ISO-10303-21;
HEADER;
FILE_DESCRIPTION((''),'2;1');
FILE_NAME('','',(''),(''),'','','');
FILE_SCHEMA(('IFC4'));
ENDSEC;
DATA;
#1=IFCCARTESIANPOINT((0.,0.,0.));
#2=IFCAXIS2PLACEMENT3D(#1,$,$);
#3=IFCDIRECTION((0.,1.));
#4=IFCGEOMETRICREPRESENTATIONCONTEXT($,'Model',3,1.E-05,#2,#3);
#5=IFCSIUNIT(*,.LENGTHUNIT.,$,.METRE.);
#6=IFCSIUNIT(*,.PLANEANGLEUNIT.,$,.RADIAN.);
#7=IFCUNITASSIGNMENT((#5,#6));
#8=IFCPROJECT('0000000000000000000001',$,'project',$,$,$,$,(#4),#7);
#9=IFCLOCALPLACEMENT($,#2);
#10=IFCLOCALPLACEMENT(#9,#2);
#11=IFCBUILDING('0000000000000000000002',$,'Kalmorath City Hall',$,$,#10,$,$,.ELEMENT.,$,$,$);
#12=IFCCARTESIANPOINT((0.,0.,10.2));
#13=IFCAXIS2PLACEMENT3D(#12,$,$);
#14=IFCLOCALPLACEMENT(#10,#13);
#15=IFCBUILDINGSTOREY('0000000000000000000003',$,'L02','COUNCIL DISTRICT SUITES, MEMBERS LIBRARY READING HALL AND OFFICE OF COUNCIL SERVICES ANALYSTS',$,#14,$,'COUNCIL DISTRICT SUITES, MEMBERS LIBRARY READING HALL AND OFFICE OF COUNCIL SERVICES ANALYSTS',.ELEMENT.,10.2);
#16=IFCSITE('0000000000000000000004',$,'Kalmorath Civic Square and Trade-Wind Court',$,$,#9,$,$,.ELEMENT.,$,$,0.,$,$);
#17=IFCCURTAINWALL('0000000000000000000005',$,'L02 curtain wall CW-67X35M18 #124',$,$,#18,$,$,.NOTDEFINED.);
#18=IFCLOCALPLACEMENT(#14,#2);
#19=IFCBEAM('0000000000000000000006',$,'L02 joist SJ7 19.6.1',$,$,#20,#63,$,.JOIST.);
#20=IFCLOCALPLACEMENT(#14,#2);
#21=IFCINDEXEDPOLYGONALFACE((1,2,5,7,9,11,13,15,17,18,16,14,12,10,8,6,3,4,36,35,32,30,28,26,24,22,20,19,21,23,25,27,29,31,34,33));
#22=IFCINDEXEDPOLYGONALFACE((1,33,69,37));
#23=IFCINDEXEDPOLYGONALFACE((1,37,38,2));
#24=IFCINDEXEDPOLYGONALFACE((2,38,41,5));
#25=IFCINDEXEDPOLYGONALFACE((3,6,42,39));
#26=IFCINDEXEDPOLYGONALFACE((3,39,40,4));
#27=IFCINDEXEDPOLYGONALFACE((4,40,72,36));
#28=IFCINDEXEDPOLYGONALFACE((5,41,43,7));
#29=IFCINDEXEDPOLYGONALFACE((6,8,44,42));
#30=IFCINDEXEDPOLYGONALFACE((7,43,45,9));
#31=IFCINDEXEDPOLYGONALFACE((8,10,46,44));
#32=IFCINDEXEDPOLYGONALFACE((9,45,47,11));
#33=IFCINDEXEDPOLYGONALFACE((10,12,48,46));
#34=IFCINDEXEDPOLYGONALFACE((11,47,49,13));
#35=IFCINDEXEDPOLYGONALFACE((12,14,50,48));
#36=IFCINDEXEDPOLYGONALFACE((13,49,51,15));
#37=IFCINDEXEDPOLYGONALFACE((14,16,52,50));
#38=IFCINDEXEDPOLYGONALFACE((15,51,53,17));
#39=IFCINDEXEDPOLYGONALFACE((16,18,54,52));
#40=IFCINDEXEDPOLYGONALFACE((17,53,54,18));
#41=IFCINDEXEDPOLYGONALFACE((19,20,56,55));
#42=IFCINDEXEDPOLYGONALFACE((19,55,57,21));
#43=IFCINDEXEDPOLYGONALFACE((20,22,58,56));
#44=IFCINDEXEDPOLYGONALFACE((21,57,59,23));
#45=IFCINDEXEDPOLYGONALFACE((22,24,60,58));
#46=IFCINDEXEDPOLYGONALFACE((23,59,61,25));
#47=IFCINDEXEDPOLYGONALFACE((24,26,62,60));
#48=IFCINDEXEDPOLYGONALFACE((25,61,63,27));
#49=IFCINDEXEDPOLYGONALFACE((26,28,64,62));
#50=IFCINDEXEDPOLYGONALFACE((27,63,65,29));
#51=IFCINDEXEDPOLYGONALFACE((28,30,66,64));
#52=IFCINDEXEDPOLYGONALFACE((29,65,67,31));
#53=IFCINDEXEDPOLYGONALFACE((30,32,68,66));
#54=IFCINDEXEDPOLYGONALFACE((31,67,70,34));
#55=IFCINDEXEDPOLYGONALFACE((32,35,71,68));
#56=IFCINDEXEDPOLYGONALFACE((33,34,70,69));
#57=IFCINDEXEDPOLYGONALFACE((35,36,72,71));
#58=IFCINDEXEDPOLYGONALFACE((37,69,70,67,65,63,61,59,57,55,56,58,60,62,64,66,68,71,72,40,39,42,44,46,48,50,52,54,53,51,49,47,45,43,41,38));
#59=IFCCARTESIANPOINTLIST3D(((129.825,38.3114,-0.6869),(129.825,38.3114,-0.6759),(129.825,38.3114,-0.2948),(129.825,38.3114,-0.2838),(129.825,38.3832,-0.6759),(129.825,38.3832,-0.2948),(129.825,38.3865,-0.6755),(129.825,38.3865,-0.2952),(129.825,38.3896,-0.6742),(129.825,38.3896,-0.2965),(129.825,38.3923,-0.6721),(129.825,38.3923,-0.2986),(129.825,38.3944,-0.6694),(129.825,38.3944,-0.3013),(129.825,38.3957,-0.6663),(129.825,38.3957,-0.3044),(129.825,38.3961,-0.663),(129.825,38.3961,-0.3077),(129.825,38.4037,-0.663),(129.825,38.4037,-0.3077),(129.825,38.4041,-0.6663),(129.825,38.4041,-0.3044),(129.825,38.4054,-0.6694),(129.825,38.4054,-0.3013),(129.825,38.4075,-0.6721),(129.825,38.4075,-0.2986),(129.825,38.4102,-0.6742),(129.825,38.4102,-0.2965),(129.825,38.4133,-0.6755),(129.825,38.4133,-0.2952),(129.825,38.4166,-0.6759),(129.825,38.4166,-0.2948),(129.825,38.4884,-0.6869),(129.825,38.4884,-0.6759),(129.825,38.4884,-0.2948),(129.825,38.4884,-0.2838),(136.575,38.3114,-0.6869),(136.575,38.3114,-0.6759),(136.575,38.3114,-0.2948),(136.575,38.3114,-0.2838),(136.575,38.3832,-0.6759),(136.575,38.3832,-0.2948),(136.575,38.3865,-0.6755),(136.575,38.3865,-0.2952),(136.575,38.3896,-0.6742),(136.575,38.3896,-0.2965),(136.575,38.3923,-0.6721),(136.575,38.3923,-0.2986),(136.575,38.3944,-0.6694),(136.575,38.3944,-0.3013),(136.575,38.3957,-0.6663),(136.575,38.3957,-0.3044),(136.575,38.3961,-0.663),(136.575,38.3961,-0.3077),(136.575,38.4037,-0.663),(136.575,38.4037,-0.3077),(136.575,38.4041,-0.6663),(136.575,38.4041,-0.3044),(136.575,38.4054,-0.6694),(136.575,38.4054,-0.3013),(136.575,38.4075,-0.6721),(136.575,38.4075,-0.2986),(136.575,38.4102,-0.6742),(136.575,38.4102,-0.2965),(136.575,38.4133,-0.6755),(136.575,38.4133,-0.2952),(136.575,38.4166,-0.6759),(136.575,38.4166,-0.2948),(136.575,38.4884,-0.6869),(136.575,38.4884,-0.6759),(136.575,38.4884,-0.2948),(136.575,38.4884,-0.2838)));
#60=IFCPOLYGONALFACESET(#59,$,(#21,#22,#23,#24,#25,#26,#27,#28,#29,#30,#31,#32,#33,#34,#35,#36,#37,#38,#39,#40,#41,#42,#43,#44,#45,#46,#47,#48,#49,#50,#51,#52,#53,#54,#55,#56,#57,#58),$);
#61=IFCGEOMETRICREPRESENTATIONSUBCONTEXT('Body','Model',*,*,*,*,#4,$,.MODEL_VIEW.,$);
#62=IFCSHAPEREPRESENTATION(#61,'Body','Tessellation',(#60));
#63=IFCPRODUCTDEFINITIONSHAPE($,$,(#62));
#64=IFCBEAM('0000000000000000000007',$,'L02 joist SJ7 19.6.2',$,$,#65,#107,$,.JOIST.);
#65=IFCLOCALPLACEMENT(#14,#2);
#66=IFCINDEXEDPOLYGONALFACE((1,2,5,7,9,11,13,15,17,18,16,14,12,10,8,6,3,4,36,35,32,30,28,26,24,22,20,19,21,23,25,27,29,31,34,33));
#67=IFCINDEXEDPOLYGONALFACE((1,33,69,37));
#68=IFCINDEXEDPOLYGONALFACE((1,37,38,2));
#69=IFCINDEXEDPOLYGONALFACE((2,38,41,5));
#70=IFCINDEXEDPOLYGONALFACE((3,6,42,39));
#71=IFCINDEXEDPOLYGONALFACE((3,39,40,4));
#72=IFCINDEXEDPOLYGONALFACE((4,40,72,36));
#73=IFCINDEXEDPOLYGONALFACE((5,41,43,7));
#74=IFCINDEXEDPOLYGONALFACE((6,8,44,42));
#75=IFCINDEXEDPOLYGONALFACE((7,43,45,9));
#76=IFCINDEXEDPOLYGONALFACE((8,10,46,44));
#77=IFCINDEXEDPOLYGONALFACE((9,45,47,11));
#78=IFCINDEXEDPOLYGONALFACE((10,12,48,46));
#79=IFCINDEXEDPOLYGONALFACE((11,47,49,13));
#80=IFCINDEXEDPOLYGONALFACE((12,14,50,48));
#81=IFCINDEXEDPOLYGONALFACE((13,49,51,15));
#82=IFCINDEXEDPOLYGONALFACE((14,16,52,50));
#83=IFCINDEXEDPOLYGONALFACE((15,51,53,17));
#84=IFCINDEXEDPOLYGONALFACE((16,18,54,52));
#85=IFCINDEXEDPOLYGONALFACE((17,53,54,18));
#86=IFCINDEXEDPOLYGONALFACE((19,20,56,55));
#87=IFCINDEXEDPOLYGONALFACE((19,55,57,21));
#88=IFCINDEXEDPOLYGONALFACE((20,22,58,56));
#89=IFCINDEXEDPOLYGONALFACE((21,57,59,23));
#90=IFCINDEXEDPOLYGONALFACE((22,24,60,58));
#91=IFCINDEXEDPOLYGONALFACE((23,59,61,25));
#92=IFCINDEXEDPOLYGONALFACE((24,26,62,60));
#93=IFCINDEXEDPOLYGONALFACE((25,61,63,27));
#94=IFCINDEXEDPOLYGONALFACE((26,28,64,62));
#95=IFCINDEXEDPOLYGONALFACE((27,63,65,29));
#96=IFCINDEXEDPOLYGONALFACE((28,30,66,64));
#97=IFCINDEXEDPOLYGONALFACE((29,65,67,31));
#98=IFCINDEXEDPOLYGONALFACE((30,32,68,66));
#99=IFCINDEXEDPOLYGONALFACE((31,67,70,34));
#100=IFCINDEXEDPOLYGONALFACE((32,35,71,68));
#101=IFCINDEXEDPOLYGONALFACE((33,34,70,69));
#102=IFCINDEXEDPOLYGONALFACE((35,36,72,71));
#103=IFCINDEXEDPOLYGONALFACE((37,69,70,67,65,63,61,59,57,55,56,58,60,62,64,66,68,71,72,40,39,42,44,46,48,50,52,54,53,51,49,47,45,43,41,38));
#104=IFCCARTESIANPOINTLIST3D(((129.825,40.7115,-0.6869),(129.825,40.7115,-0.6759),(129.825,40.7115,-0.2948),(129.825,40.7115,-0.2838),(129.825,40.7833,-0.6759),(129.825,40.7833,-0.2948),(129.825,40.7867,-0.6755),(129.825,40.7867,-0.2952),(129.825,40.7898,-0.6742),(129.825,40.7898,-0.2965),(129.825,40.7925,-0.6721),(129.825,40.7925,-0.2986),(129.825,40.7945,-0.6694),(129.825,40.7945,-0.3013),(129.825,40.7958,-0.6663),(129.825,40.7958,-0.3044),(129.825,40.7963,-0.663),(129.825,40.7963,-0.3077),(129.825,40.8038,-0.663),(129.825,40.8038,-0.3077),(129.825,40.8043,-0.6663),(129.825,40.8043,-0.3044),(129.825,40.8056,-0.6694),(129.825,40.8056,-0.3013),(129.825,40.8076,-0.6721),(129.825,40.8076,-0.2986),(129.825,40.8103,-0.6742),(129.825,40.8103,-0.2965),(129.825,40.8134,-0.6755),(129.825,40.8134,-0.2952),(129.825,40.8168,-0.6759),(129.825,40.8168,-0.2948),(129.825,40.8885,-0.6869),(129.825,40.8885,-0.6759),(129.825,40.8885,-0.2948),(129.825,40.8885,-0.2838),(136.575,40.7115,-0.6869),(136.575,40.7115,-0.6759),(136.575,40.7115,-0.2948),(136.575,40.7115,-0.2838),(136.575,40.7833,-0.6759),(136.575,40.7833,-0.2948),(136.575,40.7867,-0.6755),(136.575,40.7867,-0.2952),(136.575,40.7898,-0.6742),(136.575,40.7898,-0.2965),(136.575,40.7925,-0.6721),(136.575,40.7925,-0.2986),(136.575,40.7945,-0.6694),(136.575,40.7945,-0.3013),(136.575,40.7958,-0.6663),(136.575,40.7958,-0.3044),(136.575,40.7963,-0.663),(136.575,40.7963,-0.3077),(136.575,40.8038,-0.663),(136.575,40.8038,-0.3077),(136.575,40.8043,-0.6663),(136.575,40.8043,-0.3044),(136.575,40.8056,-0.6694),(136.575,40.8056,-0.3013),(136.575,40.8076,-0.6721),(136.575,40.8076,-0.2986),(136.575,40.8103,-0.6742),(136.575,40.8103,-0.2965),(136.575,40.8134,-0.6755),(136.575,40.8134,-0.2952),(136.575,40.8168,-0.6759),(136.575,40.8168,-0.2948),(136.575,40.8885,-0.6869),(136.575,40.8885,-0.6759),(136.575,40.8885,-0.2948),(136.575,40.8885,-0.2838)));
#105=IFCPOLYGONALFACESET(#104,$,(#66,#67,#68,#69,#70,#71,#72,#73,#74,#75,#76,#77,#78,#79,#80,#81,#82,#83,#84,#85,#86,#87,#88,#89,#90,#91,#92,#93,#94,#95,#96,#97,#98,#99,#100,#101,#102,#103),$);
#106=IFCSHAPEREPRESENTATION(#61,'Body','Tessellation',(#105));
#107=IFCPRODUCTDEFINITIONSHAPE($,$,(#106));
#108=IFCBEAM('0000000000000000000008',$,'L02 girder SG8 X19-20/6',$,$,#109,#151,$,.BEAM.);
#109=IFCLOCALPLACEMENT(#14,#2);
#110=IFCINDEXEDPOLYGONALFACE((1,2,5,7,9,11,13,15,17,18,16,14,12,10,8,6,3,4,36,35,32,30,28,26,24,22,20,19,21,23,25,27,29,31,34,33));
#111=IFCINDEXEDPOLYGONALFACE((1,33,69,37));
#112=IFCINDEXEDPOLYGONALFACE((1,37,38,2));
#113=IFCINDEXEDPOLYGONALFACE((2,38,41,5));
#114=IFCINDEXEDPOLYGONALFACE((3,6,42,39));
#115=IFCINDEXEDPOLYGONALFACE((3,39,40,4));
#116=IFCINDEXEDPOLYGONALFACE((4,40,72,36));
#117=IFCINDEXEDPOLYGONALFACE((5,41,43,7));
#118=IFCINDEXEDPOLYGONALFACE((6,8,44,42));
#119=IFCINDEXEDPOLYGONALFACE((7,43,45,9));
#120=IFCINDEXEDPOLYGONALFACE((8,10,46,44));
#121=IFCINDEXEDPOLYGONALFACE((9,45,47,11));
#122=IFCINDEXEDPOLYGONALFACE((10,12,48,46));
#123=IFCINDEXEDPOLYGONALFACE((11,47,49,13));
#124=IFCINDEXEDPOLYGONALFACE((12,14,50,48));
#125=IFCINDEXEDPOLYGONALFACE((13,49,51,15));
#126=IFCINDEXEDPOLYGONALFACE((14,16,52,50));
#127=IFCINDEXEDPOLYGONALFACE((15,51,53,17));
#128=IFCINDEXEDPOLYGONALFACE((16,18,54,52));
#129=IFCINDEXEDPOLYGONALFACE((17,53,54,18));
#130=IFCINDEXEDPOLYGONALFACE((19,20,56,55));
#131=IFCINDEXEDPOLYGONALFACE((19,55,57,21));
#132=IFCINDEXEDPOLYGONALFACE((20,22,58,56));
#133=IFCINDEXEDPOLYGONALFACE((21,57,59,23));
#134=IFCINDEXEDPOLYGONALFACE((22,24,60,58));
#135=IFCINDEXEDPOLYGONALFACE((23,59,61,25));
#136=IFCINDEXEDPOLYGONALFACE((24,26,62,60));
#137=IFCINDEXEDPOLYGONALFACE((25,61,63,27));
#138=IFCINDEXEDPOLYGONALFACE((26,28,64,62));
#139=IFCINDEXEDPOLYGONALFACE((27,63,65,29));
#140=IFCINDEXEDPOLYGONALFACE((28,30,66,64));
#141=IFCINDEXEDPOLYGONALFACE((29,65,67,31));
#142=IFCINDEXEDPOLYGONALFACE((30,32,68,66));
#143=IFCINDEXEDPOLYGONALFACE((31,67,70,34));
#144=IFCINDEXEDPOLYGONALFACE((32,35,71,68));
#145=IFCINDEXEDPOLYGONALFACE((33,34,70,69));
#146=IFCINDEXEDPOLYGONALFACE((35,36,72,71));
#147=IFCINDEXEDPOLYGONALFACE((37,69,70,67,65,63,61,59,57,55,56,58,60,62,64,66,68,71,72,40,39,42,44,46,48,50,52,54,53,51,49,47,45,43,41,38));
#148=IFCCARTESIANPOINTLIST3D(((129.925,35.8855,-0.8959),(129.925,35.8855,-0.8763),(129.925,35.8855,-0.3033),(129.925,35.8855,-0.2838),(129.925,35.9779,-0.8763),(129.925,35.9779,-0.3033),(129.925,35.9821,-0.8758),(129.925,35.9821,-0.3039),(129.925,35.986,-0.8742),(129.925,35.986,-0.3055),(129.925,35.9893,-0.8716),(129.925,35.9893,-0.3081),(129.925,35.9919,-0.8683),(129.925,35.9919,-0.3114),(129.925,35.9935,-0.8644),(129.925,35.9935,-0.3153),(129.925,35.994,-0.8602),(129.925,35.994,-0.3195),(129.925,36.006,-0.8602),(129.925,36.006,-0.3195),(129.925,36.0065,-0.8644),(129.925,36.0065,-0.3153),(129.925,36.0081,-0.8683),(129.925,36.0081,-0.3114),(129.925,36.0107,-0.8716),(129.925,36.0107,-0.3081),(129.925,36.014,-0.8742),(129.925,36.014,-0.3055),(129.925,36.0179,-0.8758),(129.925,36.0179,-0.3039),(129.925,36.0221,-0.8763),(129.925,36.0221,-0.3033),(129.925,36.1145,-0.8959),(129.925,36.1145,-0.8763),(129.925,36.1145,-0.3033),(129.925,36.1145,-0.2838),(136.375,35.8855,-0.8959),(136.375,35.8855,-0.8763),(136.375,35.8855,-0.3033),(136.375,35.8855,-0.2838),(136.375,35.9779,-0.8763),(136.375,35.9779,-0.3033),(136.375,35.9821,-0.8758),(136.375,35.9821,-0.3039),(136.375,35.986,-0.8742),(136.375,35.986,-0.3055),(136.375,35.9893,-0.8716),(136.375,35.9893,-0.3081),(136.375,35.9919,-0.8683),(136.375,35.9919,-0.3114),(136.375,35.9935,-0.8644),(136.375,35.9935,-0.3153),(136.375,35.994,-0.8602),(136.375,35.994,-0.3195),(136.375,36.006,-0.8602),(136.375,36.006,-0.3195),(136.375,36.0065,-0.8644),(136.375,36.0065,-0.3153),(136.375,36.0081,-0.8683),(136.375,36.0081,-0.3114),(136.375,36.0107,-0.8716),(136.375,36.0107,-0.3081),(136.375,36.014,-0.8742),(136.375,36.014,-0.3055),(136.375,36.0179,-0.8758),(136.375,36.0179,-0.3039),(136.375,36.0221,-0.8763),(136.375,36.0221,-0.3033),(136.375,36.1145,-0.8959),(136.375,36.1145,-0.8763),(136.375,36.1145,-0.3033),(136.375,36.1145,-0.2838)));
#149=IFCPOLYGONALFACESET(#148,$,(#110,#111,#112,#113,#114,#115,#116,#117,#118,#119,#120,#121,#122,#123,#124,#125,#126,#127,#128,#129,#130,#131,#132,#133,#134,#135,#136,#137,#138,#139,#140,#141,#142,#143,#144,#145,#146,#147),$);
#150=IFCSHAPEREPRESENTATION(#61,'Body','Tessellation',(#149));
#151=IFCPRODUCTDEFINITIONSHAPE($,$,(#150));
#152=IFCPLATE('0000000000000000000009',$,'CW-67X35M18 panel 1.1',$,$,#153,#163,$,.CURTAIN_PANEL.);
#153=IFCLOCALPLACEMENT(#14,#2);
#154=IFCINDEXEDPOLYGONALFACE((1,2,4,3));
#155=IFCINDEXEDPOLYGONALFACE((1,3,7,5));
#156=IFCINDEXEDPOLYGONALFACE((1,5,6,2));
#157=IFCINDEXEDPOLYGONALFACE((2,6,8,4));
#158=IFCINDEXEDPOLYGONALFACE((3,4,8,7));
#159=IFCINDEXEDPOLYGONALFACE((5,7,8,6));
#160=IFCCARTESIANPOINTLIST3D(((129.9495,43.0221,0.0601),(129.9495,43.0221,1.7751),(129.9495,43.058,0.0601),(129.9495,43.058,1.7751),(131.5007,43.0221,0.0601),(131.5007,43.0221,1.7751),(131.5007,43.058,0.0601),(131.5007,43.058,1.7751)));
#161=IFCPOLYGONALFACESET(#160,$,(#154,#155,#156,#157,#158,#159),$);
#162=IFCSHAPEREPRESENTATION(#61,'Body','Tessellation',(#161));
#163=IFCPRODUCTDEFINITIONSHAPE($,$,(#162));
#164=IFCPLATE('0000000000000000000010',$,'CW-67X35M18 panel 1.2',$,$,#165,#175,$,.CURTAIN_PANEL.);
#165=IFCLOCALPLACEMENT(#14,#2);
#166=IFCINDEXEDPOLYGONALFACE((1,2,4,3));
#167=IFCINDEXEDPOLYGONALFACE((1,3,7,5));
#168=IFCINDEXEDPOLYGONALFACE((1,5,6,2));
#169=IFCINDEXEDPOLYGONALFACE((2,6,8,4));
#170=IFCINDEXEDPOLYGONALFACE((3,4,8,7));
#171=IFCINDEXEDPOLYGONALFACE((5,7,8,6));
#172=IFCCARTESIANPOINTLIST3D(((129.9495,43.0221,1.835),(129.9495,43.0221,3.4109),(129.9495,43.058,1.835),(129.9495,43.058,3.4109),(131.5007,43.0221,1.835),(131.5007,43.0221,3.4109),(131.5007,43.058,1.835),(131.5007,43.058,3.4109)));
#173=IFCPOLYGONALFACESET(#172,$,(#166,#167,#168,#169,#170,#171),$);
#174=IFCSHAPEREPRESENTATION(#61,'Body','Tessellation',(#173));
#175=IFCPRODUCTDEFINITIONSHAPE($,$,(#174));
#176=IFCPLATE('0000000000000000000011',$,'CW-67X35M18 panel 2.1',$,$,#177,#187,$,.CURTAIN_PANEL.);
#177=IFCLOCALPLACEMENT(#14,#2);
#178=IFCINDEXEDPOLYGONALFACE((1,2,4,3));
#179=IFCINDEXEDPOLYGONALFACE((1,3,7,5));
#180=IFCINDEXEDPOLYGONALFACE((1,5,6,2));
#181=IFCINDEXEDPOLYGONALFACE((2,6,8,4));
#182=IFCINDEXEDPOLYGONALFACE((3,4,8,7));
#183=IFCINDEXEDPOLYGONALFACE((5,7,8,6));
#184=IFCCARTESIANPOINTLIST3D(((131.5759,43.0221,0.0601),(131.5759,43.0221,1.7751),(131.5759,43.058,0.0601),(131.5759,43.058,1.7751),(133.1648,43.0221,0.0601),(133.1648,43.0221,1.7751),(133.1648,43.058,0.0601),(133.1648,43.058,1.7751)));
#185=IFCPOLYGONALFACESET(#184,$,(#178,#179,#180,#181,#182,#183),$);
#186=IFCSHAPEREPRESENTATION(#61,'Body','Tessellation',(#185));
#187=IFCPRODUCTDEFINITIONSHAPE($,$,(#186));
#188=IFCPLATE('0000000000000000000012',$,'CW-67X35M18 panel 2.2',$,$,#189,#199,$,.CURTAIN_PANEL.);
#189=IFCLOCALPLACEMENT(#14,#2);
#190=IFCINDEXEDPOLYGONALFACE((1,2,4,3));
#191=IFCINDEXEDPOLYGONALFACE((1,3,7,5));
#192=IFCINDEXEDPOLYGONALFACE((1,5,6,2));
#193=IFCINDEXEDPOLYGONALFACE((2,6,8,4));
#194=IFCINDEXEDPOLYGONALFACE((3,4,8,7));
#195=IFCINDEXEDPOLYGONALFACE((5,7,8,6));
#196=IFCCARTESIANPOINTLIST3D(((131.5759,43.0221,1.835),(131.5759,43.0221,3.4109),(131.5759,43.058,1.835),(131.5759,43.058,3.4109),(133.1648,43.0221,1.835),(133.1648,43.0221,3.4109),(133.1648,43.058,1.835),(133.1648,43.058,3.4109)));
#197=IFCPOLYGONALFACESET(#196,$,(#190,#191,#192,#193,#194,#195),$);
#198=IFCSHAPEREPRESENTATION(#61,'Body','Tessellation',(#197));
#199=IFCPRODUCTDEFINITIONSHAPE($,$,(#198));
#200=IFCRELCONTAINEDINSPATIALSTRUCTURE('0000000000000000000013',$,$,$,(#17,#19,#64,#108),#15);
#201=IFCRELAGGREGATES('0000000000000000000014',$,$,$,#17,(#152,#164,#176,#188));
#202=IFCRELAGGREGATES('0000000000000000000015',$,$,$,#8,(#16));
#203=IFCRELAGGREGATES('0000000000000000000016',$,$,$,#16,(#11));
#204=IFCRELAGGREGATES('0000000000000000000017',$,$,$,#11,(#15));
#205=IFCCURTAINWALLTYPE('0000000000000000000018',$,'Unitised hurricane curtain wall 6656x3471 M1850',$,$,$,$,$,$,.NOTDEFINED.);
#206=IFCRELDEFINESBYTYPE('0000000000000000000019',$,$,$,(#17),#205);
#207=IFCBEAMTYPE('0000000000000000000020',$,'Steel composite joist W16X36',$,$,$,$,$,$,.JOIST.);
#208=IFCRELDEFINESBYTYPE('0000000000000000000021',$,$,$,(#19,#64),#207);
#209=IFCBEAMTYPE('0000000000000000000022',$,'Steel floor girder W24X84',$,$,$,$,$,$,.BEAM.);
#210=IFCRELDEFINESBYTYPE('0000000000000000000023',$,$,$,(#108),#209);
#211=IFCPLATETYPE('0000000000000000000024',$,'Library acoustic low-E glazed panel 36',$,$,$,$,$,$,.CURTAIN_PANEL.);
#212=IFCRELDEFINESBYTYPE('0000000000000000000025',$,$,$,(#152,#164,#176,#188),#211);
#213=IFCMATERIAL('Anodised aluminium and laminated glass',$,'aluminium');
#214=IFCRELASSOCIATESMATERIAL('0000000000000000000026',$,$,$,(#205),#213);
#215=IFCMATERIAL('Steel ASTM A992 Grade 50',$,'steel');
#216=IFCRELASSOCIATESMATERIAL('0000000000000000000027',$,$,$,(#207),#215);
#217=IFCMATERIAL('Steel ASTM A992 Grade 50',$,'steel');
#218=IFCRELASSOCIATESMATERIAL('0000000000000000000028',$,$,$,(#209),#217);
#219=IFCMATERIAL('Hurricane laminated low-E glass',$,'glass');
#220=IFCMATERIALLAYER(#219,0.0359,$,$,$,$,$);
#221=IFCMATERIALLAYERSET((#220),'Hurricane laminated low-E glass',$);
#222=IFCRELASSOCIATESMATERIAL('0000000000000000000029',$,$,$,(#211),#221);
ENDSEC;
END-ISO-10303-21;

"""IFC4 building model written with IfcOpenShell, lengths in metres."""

from ifc_helpers import new_model, si_unit, direction, frame, origin, origin_2d, place, context, subcontext, project, spatial, rectangle, i_section, extrude, material, layer, layer_set, material_profile, profile_set, type_object, element, aggregate, save


model = new_model("IFC4")

# Units and contexts
model_context = context("Model", 3, precision=1e-05, world=origin(), true_north=direction((0.0, 1.0)))
body_context = subcontext(model_context, "Body", "Model", "MODEL_VIEW")
ifc_project = project(units=[si_unit("LENGTHUNIT", "METRE"), si_unit("PLANEANGLEUNIT", "RADIAN")], contexts=[model_context])

# Site, building, storey
site_placement = place(None, origin())
site = spatial("IfcSite", under=ifc_project, at=site_placement, Name="Kalmorath Civic Square and Trade-Wind Court", CompositionType="ELEMENT", RefElevation=0.0)
building_placement = place(site_placement, origin())
building = spatial("IfcBuilding", under=site, at=building_placement, Name="Kalmorath City Hall", CompositionType="ELEMENT")
storey_placement = place(building_placement, frame((0.0, 0.0, 10.2)))
storey = spatial("IfcBuildingStorey", under=building, at=storey_placement, Name="L02", Description="COUNCIL DISTRICT SUITES, MEMBERS LIBRARY READING HALL AND OFFICE OF COUNCIL SERVICES ANALYSTS", LongName="COUNCIL DISTRICT SUITES, MEMBERS LIBRARY READING HALL AND OFFICE OF COUNCIL SERVICES ANALYSTS", CompositionType="ELEMENT", Elevation=10.2)

# Curtain wall
ifc_material_1 = material(Name="Anodised aluminium and laminated glass", Category="aluminium")
curtain_wall_type_1 = type_object("IfcCurtainWallType", Name="Unitised hurricane curtain wall 6656x3471 M1850", PredefinedType="NOTDEFINED", material=ifc_material_1)
curtain_wall_1_placement = place(storey_placement, origin())
curtain_wall_1 = element("IfcCurtainWall", 1, at=curtain_wall_1_placement, inside=storey, type_object=curtain_wall_type_1, Name="L02 curtain wall CW-67X35M18 #124", PredefinedType="NOTDEFINED")

# Beams
ifc_material_2 = material(Name="Steel ASTM A992 Grade 50", Category="steel")
ifc_material_profile_1 = material_profile(ifc_material_2, i_section(OverallWidth=0.177, OverallDepth=0.4031, WebThickness=0.0076, FlangeThickness=0.011, FilletRadius=0.0129, at=origin_2d()), Name="W16X36")
ifc_profile_set_1 = profile_set([ifc_material_profile_1], Name="Steel ASTM A992 Grade 50")
beam_type_1 = type_object("IfcBeamType", Name="Steel composite joist W16X36", PredefinedType="JOIST", material=ifc_profile_set_1)
for number, where, z_axis, x_axis, name in (
    (2, (129.825, 38.3999, -0.4854), (1.0, 0.0, 0.0), (0.0, 1.0, 0.0), "L02 joist SJ7 19.6.1"),
    (3, (129.825, 40.8, -0.4854), (1.0, 0.0, 0.0), (0.0, 1.0, 0.0), "L02 joist SJ7 19.6.2"),
):
    element("IfcBeam", number, at=place(storey_placement, frame(where, z_axis=z_axis, x_axis=x_axis)), inside=storey, type_object=beam_type_1, Name=name, PredefinedType="JOIST", context=body_context, shape_type="SweptSolid", body=[
        extrude(i_section(OverallWidth=0.177, OverallDepth=0.4031, WebThickness=0.0076, FlangeThickness=0.011, FilletRadius=0.0129, at=origin_2d()), origin(), (0.0, 0.0, 1.0), 6.75),
    ])
ifc_material_3 = material(Name="Steel ASTM A992 Grade 50", Category="steel")
ifc_material_profile_2 = material_profile(ifc_material_3, i_section(OverallWidth=0.229, OverallDepth=0.6121, WebThickness=0.012, FlangeThickness=0.0195, FilletRadius=0.0161, at=origin_2d()), Name="W24X84")
ifc_profile_set_2 = profile_set([ifc_material_profile_2], Name="Steel ASTM A992 Grade 50")
beam_type_2 = type_object("IfcBeamType", Name="Steel floor girder W24X84", PredefinedType="BEAM", material=ifc_profile_set_2)
beam_1_placement = place(storey_placement, frame((129.925, 36.0, -0.5898), z_axis=(1.0, 0.0, 0.0), x_axis=(0.0, 1.0, 0.0)))
element("IfcBeam", 4, at=beam_1_placement, inside=storey, type_object=beam_type_2, Name="L02 girder SG8 X19-20/6", PredefinedType="BEAM", context=body_context, shape_type="SweptSolid", body=[
    extrude(i_section(OverallWidth=0.229, OverallDepth=0.6121, WebThickness=0.012, FlangeThickness=0.0195, FilletRadius=0.0161, at=origin_2d()), origin(), (0.0, 0.0, 1.0), 6.45),
])

# Plates
ifc_material_4 = material(Name="Hurricane laminated low-E glass", Category="glass")
ifc_layer_1 = layer(ifc_material_4, 0.0359)
ifc_layer_set_1 = layer_set([ifc_layer_1], Name="Hurricane laminated low-E glass")
plate_type = type_object("IfcPlateType", Name="Library acoustic low-E glazed panel 36", PredefinedType="CURTAIN_PANEL", material=ifc_layer_set_1)
plate_1_placement = place(storey_placement, frame((130.7251, 43.04, 0.0601), z_axis=(0.0, 0.0, 1.0), x_axis=(1.0, 0.0, 0.0)))
plate_1 = element("IfcPlate", 5, at=plate_1_placement, type_object=plate_type, Name="CW-67X35M18 panel 1.1", PredefinedType="CURTAIN_PANEL", context=body_context, shape_type="SweptSolid", body=[
    extrude(rectangle(XDim=1.5513, YDim=0.0359, at=origin_2d()), origin(), (0.0, 0.0, 1.0), 1.7151),
])
plate_2_placement = place(storey_placement, frame((130.7251, 43.04, 1.835), z_axis=(0.0, 0.0, 1.0), x_axis=(1.0, 0.0, 0.0)))
plate_2 = element("IfcPlate", 6, at=plate_2_placement, type_object=plate_type, Name="CW-67X35M18 panel 1.2", PredefinedType="CURTAIN_PANEL", context=body_context, shape_type="SweptSolid", body=[
    extrude(rectangle(XDim=1.5513, YDim=0.0359, at=origin_2d()), origin(), (0.0, 0.0, 1.0), 1.5759),
])
plate_3_placement = place(storey_placement, frame((132.3704, 43.04, 0.0601), z_axis=(0.0, 0.0, 1.0), x_axis=(1.0, 0.0, 0.0)))
plate_3 = element("IfcPlate", 7, at=plate_3_placement, type_object=plate_type, Name="CW-67X35M18 panel 2.1", PredefinedType="CURTAIN_PANEL", context=body_context, shape_type="SweptSolid", body=[
    extrude(rectangle(XDim=1.5889, YDim=0.0359, at=origin_2d()), origin(), (0.0, 0.0, 1.0), 1.7151),
])
plate_4_placement = place(storey_placement, frame((132.3704, 43.04, 1.835), z_axis=(0.0, 0.0, 1.0), x_axis=(1.0, 0.0, 0.0)))
plate_4 = element("IfcPlate", 8, at=plate_4_placement, type_object=plate_type, Name="CW-67X35M18 panel 2.2", PredefinedType="CURTAIN_PANEL", context=body_context, shape_type="SweptSolid", body=[
    extrude(rectangle(XDim=1.5889, YDim=0.0359, at=origin_2d()), origin(), (0.0, 0.0, 1.0), 1.5759),
])
aggregate(curtain_wall_1, [plate_1, plate_2, plate_3, plate_4])

save(model, "model.ifc")
